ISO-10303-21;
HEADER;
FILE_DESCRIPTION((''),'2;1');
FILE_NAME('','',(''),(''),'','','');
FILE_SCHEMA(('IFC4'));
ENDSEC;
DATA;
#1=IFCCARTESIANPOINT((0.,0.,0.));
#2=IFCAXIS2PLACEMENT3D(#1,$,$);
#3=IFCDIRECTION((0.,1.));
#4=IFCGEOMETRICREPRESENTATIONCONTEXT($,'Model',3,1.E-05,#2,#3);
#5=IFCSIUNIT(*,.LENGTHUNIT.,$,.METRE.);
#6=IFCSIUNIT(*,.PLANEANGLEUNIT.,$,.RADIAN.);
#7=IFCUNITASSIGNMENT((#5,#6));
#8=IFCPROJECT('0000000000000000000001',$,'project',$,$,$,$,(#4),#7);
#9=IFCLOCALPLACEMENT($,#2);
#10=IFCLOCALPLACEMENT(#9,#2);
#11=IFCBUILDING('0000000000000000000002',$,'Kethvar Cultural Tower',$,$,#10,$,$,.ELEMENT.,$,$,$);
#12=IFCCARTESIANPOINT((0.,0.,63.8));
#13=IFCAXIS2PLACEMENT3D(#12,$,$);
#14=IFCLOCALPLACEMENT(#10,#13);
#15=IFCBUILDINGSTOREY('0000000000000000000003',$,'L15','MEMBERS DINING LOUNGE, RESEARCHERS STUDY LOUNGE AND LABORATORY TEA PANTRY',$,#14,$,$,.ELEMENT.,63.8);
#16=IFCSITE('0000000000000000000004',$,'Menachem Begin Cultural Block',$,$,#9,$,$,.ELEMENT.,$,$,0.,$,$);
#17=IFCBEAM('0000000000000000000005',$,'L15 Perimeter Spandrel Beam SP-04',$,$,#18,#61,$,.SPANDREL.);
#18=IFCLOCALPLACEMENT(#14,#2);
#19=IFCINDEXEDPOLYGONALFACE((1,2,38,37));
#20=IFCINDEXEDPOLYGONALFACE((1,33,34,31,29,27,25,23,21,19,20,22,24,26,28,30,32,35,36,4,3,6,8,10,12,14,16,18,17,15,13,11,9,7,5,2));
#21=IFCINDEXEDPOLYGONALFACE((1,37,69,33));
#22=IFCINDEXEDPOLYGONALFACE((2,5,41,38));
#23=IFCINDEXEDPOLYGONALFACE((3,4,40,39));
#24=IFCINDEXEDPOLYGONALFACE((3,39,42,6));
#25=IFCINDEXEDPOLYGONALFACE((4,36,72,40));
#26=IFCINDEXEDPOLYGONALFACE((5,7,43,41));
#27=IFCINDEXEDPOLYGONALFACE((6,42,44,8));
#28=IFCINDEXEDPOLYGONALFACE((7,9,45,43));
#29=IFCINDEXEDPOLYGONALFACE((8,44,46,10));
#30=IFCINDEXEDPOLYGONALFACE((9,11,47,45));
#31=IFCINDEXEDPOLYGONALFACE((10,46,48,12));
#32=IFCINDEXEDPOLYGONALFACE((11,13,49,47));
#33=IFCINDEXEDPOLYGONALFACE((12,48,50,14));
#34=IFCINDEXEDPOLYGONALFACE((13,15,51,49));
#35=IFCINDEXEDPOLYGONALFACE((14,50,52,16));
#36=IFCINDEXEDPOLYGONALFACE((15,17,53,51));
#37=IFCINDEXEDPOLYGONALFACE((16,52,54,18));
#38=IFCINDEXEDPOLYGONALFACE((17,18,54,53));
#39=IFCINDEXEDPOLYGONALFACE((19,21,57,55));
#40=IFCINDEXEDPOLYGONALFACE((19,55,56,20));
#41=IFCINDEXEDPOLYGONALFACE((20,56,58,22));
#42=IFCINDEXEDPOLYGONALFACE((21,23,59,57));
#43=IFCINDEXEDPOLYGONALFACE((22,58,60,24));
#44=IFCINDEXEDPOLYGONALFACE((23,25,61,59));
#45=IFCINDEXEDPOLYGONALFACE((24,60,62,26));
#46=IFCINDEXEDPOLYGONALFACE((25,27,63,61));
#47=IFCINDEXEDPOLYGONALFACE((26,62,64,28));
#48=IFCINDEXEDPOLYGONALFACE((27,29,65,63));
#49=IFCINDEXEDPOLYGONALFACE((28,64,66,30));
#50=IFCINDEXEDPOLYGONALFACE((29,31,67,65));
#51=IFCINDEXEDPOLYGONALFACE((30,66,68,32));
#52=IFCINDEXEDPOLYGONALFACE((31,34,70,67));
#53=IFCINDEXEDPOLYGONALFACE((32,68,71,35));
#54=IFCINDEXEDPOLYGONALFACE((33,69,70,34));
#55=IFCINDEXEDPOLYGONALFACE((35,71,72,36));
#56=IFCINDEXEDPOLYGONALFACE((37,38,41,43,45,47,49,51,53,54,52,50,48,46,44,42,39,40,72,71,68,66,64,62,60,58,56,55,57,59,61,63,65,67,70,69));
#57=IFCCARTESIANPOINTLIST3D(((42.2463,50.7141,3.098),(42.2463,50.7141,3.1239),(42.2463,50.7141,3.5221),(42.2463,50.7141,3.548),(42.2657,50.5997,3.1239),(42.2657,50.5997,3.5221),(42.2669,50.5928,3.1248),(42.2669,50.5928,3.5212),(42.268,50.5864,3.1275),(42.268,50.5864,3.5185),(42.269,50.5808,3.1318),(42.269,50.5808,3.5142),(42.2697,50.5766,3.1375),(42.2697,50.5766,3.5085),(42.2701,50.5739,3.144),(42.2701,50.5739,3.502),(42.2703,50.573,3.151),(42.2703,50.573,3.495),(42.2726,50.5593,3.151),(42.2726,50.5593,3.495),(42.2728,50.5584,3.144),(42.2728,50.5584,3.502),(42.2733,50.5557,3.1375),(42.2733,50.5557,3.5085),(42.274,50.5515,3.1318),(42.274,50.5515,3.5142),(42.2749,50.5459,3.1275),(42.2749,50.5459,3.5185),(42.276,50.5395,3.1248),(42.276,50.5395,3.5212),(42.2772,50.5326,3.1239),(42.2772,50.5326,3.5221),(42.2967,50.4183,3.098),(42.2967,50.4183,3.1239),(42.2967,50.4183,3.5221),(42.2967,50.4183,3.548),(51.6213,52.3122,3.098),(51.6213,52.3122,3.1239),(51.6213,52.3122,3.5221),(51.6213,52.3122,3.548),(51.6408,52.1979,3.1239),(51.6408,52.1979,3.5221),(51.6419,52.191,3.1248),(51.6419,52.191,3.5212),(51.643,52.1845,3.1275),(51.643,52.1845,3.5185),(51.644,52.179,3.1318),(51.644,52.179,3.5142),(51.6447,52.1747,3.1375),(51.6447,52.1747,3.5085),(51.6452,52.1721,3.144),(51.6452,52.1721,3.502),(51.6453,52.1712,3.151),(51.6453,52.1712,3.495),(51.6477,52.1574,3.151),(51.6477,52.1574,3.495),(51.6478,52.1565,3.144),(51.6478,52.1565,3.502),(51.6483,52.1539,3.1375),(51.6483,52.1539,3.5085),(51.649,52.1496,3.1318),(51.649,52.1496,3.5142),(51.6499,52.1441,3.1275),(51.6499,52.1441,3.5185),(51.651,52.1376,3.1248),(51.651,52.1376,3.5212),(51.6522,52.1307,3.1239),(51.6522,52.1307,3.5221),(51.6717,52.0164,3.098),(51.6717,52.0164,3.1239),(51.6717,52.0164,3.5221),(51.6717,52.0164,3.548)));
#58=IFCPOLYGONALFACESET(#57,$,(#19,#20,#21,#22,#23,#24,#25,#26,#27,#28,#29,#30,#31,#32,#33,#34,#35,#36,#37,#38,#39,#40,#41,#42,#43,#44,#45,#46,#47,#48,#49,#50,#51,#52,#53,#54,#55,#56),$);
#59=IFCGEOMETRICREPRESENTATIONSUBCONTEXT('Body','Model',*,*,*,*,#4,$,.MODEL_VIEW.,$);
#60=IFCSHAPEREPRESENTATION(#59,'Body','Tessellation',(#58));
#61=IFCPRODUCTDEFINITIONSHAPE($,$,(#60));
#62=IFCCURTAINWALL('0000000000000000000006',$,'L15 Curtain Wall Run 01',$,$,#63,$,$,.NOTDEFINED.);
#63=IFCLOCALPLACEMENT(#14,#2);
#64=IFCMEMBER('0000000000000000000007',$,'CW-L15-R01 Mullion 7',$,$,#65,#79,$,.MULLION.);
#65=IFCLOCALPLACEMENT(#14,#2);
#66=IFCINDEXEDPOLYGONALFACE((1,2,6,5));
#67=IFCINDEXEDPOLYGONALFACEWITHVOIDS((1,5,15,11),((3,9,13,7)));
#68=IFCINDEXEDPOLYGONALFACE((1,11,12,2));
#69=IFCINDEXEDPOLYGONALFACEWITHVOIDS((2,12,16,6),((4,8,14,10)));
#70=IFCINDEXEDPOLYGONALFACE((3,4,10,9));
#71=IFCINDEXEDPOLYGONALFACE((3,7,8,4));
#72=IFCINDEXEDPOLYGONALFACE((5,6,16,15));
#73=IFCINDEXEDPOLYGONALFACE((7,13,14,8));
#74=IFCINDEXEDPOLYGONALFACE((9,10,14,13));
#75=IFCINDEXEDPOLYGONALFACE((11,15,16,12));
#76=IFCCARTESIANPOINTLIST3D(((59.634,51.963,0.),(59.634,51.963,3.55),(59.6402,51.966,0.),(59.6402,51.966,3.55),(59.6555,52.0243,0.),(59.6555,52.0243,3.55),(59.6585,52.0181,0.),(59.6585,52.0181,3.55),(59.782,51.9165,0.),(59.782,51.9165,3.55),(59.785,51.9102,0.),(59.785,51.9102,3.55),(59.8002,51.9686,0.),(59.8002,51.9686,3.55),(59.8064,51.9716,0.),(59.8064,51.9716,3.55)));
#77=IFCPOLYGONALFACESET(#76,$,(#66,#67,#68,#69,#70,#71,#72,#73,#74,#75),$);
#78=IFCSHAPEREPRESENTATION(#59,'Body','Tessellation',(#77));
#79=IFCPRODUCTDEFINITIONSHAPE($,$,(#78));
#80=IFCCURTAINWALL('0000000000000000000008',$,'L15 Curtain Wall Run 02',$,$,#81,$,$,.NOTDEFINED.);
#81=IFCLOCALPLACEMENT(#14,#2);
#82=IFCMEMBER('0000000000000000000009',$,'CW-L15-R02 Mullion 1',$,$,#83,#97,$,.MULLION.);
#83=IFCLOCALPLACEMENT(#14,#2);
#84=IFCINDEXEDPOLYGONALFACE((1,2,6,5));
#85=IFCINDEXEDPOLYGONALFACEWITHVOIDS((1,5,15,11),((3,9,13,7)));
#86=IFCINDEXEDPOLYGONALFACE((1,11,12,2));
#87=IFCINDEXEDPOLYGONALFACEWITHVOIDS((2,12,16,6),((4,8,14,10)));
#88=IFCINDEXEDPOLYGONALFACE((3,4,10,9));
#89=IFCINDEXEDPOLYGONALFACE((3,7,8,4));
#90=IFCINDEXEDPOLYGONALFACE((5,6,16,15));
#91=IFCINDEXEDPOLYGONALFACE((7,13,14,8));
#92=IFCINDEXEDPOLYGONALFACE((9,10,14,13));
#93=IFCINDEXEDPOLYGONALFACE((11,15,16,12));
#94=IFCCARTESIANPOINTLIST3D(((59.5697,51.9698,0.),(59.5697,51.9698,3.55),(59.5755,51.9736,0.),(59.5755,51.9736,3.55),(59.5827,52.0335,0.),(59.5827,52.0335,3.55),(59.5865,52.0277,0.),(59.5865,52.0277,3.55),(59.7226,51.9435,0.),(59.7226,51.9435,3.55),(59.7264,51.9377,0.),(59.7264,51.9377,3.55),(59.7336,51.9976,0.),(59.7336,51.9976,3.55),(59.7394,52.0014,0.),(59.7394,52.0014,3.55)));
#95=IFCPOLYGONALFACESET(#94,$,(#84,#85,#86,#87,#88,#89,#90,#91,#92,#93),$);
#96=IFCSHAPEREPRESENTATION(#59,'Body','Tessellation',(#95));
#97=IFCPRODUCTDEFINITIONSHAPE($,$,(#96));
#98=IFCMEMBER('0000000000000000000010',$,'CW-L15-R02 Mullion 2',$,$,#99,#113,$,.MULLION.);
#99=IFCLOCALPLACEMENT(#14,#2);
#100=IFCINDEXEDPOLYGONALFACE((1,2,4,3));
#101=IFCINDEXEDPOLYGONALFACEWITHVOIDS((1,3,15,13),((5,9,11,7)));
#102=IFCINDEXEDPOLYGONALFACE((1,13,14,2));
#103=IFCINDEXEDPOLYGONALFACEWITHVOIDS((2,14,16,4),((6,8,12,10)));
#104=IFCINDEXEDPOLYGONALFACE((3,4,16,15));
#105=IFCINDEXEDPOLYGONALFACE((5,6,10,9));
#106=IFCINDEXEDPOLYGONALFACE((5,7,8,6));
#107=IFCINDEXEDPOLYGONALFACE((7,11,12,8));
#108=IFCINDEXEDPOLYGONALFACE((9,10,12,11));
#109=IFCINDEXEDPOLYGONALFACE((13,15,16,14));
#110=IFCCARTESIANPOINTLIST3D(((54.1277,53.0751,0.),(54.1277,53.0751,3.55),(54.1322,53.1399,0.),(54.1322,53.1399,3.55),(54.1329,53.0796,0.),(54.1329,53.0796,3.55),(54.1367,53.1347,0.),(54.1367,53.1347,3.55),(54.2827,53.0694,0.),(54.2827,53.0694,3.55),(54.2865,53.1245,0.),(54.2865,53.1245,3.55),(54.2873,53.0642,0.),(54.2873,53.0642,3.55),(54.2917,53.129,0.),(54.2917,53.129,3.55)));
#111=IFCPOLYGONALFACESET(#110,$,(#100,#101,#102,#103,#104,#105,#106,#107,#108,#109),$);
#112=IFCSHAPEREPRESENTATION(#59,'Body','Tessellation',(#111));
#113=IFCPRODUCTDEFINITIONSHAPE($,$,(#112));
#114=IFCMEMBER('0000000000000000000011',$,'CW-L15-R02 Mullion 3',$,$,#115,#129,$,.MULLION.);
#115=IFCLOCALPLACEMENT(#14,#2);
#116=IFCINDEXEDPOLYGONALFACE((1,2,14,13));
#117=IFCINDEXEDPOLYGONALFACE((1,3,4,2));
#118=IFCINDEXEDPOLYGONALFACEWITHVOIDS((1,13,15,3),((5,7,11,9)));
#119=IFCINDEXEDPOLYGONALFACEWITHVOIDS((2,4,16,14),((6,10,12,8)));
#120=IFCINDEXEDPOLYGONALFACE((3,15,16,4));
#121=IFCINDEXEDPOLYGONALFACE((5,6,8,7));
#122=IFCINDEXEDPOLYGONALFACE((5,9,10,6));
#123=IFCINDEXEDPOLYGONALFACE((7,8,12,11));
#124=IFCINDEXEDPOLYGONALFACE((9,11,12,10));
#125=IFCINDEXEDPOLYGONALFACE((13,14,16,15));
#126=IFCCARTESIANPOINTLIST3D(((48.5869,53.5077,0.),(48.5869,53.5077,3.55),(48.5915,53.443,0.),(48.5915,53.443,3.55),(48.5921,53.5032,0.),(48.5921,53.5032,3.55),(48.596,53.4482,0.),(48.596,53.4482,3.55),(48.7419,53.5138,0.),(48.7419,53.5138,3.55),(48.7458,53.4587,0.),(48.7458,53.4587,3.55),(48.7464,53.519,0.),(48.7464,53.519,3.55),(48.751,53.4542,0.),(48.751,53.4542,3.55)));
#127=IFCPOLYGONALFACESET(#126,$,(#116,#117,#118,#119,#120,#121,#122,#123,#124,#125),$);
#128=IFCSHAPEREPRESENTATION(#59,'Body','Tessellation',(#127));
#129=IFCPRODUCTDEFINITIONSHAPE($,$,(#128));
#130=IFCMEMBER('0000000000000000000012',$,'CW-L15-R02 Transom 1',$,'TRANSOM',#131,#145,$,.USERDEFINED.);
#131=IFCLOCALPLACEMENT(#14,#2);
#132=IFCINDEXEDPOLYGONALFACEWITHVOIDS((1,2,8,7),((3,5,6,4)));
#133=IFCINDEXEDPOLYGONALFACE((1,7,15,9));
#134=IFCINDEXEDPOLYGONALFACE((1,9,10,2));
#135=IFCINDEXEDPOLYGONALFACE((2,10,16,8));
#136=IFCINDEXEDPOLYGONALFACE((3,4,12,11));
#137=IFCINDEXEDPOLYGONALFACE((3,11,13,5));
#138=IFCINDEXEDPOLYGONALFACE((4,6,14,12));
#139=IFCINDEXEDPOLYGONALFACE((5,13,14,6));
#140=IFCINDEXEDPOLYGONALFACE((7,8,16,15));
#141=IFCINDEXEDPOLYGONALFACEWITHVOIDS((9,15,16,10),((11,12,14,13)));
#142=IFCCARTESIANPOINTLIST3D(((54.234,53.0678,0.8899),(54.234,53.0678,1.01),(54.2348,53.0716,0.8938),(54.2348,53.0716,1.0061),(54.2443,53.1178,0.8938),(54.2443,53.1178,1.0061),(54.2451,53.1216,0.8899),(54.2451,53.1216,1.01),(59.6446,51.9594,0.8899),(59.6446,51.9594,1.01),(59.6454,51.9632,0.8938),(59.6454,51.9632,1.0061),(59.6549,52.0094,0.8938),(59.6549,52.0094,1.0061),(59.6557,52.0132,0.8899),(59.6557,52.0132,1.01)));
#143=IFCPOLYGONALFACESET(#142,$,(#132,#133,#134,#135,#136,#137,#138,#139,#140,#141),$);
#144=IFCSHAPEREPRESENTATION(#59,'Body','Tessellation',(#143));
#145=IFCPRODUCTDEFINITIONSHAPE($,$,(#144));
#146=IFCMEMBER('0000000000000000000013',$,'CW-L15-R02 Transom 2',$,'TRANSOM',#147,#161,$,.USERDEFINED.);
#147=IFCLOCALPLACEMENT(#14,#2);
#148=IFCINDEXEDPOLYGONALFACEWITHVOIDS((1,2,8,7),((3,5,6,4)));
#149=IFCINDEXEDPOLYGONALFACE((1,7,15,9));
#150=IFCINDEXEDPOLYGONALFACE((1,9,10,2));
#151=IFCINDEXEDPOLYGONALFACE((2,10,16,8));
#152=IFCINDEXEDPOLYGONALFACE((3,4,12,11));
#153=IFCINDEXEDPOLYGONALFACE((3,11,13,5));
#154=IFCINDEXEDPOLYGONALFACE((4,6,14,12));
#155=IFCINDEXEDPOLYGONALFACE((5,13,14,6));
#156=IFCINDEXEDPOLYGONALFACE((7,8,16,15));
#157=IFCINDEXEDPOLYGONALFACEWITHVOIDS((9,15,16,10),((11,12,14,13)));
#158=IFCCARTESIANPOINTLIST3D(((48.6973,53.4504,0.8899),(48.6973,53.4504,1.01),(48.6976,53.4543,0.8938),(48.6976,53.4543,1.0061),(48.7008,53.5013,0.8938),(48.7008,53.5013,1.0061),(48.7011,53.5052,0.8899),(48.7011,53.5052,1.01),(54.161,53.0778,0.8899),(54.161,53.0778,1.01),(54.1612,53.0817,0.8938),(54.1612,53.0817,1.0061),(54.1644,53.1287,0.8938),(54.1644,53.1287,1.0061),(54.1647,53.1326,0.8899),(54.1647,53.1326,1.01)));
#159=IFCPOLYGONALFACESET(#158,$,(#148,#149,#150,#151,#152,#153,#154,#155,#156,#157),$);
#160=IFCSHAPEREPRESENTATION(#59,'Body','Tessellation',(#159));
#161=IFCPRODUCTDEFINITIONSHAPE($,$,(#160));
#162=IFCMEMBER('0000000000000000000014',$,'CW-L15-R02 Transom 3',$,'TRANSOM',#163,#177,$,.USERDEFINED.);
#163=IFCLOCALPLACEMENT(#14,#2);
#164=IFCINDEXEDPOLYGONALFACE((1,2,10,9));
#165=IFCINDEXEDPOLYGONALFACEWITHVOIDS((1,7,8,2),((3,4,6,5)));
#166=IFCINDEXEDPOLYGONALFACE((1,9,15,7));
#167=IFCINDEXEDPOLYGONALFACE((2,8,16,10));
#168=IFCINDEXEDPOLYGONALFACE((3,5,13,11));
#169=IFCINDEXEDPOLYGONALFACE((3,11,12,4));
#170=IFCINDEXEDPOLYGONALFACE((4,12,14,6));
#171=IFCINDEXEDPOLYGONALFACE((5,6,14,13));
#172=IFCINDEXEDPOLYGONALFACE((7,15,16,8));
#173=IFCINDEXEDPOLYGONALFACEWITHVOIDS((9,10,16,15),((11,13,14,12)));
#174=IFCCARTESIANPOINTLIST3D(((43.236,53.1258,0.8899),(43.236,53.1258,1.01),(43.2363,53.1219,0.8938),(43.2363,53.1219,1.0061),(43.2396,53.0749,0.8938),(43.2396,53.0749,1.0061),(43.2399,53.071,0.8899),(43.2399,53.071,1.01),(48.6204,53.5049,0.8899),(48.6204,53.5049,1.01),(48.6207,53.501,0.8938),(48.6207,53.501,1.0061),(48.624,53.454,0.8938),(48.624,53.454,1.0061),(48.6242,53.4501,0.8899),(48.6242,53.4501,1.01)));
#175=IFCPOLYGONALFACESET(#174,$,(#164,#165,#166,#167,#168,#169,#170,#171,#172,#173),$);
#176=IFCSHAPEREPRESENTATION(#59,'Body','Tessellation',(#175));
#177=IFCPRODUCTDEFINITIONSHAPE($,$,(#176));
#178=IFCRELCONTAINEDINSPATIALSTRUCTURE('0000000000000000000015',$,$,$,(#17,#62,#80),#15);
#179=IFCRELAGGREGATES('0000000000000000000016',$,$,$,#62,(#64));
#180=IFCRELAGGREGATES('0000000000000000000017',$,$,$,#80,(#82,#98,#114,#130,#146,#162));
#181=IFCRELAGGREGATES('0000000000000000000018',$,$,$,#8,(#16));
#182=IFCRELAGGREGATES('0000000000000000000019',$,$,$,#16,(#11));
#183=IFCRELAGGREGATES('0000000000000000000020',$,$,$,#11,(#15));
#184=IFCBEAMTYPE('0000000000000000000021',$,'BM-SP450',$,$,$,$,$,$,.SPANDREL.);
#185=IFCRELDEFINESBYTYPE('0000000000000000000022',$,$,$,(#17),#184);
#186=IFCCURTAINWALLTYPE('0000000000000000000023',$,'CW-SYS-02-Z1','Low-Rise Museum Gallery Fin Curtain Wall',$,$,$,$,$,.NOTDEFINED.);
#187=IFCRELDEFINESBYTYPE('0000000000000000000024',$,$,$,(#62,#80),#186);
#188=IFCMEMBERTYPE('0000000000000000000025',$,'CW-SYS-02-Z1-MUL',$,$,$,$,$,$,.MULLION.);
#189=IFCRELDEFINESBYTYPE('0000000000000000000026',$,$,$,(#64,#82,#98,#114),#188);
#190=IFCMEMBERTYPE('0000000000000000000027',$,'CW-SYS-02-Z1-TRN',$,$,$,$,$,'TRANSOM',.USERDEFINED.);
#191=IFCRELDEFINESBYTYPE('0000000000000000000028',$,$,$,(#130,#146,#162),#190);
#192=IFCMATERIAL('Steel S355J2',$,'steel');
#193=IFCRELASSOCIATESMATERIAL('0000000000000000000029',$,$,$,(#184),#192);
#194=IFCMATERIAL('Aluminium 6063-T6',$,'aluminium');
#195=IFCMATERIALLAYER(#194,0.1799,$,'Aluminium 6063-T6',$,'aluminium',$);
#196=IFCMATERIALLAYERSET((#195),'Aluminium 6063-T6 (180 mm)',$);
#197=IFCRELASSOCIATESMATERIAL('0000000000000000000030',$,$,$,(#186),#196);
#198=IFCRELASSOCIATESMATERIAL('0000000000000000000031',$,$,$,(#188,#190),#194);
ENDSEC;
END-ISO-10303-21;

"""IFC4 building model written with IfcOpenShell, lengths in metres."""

from ifc_helpers import new_model, si_unit, direction, frame, origin, origin_2d, place, context, subcontext, project, spatial, hollow_rectangle, i_section, extrude, source, transform, mapped, material, layer, layer_set, material_profile, profile_set, type_object, element, aggregate, save


model = new_model("IFC4")

# Units and contexts
model_context = context("Model", 3, precision=1e-05, world=origin(), true_north=direction((0.0, 1.0)))
body_context = subcontext(model_context, "Body", "Model", "MODEL_VIEW")
ifc_project = project(units=[si_unit("LENGTHUNIT", "METRE"), si_unit("PLANEANGLEUNIT", "RADIAN")], contexts=[model_context])

# Site, building, storey
site_placement = place(None, origin())
site = spatial("IfcSite", under=ifc_project, at=site_placement, Name="Menachem Begin Cultural Block", CompositionType="ELEMENT", RefElevation=0.0)
building_placement = place(site_placement, origin())
building = spatial("IfcBuilding", under=site, at=building_placement, Name="Kethvar Cultural Tower", CompositionType="ELEMENT")
storey_placement = place(building_placement, frame((0.0, 0.0, 63.8)))
storey = spatial("IfcBuildingStorey", under=building, at=storey_placement, Name="L15", Description="MEMBERS DINING LOUNGE, RESEARCHERS STUDY LOUNGE AND LABORATORY TEA PANTRY", CompositionType="ELEMENT", Elevation=63.8)

# Beam
ifc_material_1 = material(Name="Steel S355J2", Category="steel")
ifc_material_profile_1 = material_profile(ifc_material_1, i_section(OverallWidth=0.3, OverallDepth=0.45, WebThickness=0.0139, FlangeThickness=0.0259, FilletRadius=0.0271, at=origin_2d()), Name="Steel S355J2 — HEB450")
ifc_profile_set_1 = profile_set([ifc_material_profile_1], Name="Steel S355J2 — HEB450")
beam_type_1 = type_object("IfcBeamType", Name="BM-SP450", PredefinedType="SPANDREL", material=ifc_profile_set_1)
shared_shape_1 = source(origin(), body_context, "Body", "SweptSolid", [
    extrude(i_section(OverallWidth=0.3, OverallDepth=0.45, WebThickness=0.0139, FlangeThickness=0.0259, FilletRadius=0.0271, at=origin_2d()), origin(), (0.0, 0.0, 1.0), 9.5103),
])
beam_1_placement = place(storey_placement, frame((51.6465, 52.1643, 3.323), z_axis=(-0.985779, -0.168045, 0.0), x_axis=(0.168045, -0.985779, 0.0)))
element("IfcBeam", 1, at=beam_1_placement, inside=storey, type_object=beam_type_1, Name="L15 Perimeter Spandrel Beam SP-04", PredefinedType="SPANDREL", context=body_context, shape_type="MappedRepresentation", body=[
    mapped(shared_shape_1, transform((0.0, 0.0, 0.0), scale=1.0)),
])

# Curtain wall, member
ifc_material_2 = material(Name="Aluminium 6063-T6", Category="aluminium")
ifc_layer_1 = layer(ifc_material_2, 0.1799, Name="Aluminium 6063-T6", Category="aluminium")
ifc_layer_set_1 = layer_set([ifc_layer_1], Name="Aluminium 6063-T6 (180 mm)")
curtain_wall_type = type_object("IfcCurtainWallType", Name="CW-SYS-02-Z1", Description="Low-Rise Museum Gallery Fin Curtain Wall", PredefinedType="NOTDEFINED", material=ifc_layer_set_1)
curtain_wall_1_placement = place(storey_placement, origin())
curtain_wall_1 = element("IfcCurtainWall", 2, at=curtain_wall_1_placement, inside=storey, type_object=curtain_wall_type, Name="L15 Curtain Wall Run 01", PredefinedType="NOTDEFINED")
ifc_material_profile_2 = material_profile(ifc_material_2, hollow_rectangle(XDim=0.0649, YDim=0.1599, WallThickness=0.0049, at=origin_2d()), Name="Aluminium 6063-T6 — RHS160x65x5")
ifc_profile_set_2 = profile_set([ifc_material_profile_2], Name="Aluminium 6063-T6 — RHS160x65x5")
member_type_1 = type_object("IfcMemberType", Name="CW-SYS-02-Z1-MUL", PredefinedType="MULLION", material=ifc_profile_set_2)
shared_shape_2 = source(origin(), body_context, "Body", "SweptSolid", [
    extrude(hollow_rectangle(XDim=0.0649, YDim=0.1599, WallThickness=0.0049, at=origin_2d()), origin(), (0.0, 0.0, 1.0), 3.55),
])
member_1_placement = place(storey_placement, frame((59.7202, 51.9673, 0.0), z_axis=(0.0, 0.0, 1.0), x_axis=(-0.330004, -0.94398, 0.0)))
member_1 = element("IfcMember", 3, at=member_1_placement, type_object=member_type_1, Name="CW-L15-R01 Mullion 7", PredefinedType="MULLION", context=body_context, shape_type="MappedRepresentation", body=[
    mapped(shared_shape_2, transform((0.0, 0.0, 0.0), scale=1.0)),
])
aggregate(curtain_wall_1, [member_1])

# Curtain wall, members
curtain_wall_2_placement = place(storey_placement, origin())
curtain_wall_2 = element("IfcCurtainWall", 4, at=curtain_wall_2_placement, inside=storey, type_object=curtain_wall_type, Name="L15 Curtain Wall Run 02", PredefinedType="NOTDEFINED")
member_2_placement = place(storey_placement, frame((59.6545, 51.9856, 0.0), z_axis=(0.0, 0.0, 1.0), x_axis=(-0.200685, -0.979656, 0.0)))
member_2 = element("IfcMember", 5, at=member_2_placement, type_object=member_type_1, Name="CW-L15-R02 Mullion 1", PredefinedType="MULLION", context=body_context, shape_type="MappedRepresentation", body=[
    mapped(shared_shape_2, transform((0.0, 0.0, 0.0), scale=1.0)),
])
member_3_placement = place(storey_placement, frame((54.2097, 53.1021, 0.0), z_axis=(0.0, 0.0, 1.0), x_axis=(-0.068015, -0.997684, 0.0)))
member_3 = element("IfcMember", 6, at=member_3_placement, type_object=member_type_1, Name="CW-L15-R02 Mullion 2", PredefinedType="MULLION", context=body_context, shape_type="MappedRepresentation", body=[
    mapped(shared_shape_2, transform((0.0, 0.0, 0.0), scale=1.0)),
])
member_4_placement = place(storey_placement, frame((48.6689, 53.481, 0.0), z_axis=(0.0, 0.0, 1.0), x_axis=(0.070244, -0.99753, 0.0)))
member_4 = element("IfcMember", 7, at=member_4_placement, type_object=member_type_1, Name="CW-L15-R02 Mullion 3", PredefinedType="MULLION", context=body_context, shape_type="MappedRepresentation", body=[
    mapped(shared_shape_2, transform((0.0, 0.0, 0.0), scale=1.0)),
])
ifc_material_profile_3 = material_profile(ifc_material_2, hollow_rectangle(XDim=0.0549, YDim=0.1201, WallThickness=0.0039, at=origin_2d()), Name="Aluminium 6063-T6 — RHS120x55x4")
ifc_profile_set_3 = profile_set([ifc_material_profile_3], Name="Aluminium 6063-T6 — RHS120x55x4")
member_type_2 = type_object("IfcMemberType", Name="CW-SYS-02-Z1-TRN", ElementType="TRANSOM", PredefinedType="USERDEFINED", material=ifc_profile_set_3)
shared_shape_3 = source(origin(), body_context, "Body", "SweptSolid", [
    extrude(hollow_rectangle(XDim=0.0549, YDim=0.1201, WallThickness=0.0039, at=origin_2d()), origin(), (0.0, 0.0, 1.0), 5.5229),
])
member_5_placement = place(storey_placement, frame((59.6501, 51.9863, 0.95), z_axis=(-0.979655, 0.200687, 0.0), x_axis=(-0.200687, -0.979655, 0.0)))
member_5 = element("IfcMember", 8, at=member_5_placement, type_object=member_type_2, Name="CW-L15-R02 Transom 1", ObjectType="TRANSOM", PredefinedType="USERDEFINED", context=body_context, shape_type="MappedRepresentation", body=[
    mapped(shared_shape_3, transform((0.0, 0.0, 0.0), scale=1.0)),
])
shared_shape_4 = source(origin(), body_context, "Body", "SweptSolid", [
    extrude(hollow_rectangle(XDim=0.0549, YDim=0.1201, WallThickness=0.0039, at=origin_2d()), origin(), (0.0, 0.0, 1.0), 5.4763),
])
member_6_placement = place(storey_placement, frame((54.1628, 53.1052, 0.95), z_axis=(-0.997683, 0.068031, 0.0), x_axis=(-0.068031, -0.997683, 0.0)))
member_6 = element("IfcMember", 9, at=member_6_placement, type_object=member_type_2, Name="CW-L15-R02 Transom 2", ObjectType="TRANSOM", PredefinedType="USERDEFINED", context=body_context, shape_type="MappedRepresentation", body=[
    mapped(shared_shape_4, transform((0.0, 0.0, 0.0), scale=1.0)),
])
shared_shape_5 = source(origin(), body_context, "Body", "SweptSolid", [
    extrude(hollow_rectangle(XDim=0.0549, YDim=0.1201, WallThickness=0.0039, at=origin_2d()), origin(), (0.0, 0.0, 1.0), 5.3977),
])
member_7_placement = place(storey_placement, frame((48.6223, 53.4775, 0.95), z_axis=(-0.99753, -0.070244, 0.0), x_axis=(0.070244, -0.99753, 0.0)))
member_7 = element("IfcMember", 10, at=member_7_placement, type_object=member_type_2, Name="CW-L15-R02 Transom 3", ObjectType="TRANSOM", PredefinedType="USERDEFINED", context=body_context, shape_type="MappedRepresentation", body=[
    mapped(shared_shape_5, transform((0.0, 0.0, 0.0), scale=1.0)),
])
aggregate(curtain_wall_2, [member_2, member_3, member_4, member_5, member_6, member_7])

save(model, "model.ifc")
